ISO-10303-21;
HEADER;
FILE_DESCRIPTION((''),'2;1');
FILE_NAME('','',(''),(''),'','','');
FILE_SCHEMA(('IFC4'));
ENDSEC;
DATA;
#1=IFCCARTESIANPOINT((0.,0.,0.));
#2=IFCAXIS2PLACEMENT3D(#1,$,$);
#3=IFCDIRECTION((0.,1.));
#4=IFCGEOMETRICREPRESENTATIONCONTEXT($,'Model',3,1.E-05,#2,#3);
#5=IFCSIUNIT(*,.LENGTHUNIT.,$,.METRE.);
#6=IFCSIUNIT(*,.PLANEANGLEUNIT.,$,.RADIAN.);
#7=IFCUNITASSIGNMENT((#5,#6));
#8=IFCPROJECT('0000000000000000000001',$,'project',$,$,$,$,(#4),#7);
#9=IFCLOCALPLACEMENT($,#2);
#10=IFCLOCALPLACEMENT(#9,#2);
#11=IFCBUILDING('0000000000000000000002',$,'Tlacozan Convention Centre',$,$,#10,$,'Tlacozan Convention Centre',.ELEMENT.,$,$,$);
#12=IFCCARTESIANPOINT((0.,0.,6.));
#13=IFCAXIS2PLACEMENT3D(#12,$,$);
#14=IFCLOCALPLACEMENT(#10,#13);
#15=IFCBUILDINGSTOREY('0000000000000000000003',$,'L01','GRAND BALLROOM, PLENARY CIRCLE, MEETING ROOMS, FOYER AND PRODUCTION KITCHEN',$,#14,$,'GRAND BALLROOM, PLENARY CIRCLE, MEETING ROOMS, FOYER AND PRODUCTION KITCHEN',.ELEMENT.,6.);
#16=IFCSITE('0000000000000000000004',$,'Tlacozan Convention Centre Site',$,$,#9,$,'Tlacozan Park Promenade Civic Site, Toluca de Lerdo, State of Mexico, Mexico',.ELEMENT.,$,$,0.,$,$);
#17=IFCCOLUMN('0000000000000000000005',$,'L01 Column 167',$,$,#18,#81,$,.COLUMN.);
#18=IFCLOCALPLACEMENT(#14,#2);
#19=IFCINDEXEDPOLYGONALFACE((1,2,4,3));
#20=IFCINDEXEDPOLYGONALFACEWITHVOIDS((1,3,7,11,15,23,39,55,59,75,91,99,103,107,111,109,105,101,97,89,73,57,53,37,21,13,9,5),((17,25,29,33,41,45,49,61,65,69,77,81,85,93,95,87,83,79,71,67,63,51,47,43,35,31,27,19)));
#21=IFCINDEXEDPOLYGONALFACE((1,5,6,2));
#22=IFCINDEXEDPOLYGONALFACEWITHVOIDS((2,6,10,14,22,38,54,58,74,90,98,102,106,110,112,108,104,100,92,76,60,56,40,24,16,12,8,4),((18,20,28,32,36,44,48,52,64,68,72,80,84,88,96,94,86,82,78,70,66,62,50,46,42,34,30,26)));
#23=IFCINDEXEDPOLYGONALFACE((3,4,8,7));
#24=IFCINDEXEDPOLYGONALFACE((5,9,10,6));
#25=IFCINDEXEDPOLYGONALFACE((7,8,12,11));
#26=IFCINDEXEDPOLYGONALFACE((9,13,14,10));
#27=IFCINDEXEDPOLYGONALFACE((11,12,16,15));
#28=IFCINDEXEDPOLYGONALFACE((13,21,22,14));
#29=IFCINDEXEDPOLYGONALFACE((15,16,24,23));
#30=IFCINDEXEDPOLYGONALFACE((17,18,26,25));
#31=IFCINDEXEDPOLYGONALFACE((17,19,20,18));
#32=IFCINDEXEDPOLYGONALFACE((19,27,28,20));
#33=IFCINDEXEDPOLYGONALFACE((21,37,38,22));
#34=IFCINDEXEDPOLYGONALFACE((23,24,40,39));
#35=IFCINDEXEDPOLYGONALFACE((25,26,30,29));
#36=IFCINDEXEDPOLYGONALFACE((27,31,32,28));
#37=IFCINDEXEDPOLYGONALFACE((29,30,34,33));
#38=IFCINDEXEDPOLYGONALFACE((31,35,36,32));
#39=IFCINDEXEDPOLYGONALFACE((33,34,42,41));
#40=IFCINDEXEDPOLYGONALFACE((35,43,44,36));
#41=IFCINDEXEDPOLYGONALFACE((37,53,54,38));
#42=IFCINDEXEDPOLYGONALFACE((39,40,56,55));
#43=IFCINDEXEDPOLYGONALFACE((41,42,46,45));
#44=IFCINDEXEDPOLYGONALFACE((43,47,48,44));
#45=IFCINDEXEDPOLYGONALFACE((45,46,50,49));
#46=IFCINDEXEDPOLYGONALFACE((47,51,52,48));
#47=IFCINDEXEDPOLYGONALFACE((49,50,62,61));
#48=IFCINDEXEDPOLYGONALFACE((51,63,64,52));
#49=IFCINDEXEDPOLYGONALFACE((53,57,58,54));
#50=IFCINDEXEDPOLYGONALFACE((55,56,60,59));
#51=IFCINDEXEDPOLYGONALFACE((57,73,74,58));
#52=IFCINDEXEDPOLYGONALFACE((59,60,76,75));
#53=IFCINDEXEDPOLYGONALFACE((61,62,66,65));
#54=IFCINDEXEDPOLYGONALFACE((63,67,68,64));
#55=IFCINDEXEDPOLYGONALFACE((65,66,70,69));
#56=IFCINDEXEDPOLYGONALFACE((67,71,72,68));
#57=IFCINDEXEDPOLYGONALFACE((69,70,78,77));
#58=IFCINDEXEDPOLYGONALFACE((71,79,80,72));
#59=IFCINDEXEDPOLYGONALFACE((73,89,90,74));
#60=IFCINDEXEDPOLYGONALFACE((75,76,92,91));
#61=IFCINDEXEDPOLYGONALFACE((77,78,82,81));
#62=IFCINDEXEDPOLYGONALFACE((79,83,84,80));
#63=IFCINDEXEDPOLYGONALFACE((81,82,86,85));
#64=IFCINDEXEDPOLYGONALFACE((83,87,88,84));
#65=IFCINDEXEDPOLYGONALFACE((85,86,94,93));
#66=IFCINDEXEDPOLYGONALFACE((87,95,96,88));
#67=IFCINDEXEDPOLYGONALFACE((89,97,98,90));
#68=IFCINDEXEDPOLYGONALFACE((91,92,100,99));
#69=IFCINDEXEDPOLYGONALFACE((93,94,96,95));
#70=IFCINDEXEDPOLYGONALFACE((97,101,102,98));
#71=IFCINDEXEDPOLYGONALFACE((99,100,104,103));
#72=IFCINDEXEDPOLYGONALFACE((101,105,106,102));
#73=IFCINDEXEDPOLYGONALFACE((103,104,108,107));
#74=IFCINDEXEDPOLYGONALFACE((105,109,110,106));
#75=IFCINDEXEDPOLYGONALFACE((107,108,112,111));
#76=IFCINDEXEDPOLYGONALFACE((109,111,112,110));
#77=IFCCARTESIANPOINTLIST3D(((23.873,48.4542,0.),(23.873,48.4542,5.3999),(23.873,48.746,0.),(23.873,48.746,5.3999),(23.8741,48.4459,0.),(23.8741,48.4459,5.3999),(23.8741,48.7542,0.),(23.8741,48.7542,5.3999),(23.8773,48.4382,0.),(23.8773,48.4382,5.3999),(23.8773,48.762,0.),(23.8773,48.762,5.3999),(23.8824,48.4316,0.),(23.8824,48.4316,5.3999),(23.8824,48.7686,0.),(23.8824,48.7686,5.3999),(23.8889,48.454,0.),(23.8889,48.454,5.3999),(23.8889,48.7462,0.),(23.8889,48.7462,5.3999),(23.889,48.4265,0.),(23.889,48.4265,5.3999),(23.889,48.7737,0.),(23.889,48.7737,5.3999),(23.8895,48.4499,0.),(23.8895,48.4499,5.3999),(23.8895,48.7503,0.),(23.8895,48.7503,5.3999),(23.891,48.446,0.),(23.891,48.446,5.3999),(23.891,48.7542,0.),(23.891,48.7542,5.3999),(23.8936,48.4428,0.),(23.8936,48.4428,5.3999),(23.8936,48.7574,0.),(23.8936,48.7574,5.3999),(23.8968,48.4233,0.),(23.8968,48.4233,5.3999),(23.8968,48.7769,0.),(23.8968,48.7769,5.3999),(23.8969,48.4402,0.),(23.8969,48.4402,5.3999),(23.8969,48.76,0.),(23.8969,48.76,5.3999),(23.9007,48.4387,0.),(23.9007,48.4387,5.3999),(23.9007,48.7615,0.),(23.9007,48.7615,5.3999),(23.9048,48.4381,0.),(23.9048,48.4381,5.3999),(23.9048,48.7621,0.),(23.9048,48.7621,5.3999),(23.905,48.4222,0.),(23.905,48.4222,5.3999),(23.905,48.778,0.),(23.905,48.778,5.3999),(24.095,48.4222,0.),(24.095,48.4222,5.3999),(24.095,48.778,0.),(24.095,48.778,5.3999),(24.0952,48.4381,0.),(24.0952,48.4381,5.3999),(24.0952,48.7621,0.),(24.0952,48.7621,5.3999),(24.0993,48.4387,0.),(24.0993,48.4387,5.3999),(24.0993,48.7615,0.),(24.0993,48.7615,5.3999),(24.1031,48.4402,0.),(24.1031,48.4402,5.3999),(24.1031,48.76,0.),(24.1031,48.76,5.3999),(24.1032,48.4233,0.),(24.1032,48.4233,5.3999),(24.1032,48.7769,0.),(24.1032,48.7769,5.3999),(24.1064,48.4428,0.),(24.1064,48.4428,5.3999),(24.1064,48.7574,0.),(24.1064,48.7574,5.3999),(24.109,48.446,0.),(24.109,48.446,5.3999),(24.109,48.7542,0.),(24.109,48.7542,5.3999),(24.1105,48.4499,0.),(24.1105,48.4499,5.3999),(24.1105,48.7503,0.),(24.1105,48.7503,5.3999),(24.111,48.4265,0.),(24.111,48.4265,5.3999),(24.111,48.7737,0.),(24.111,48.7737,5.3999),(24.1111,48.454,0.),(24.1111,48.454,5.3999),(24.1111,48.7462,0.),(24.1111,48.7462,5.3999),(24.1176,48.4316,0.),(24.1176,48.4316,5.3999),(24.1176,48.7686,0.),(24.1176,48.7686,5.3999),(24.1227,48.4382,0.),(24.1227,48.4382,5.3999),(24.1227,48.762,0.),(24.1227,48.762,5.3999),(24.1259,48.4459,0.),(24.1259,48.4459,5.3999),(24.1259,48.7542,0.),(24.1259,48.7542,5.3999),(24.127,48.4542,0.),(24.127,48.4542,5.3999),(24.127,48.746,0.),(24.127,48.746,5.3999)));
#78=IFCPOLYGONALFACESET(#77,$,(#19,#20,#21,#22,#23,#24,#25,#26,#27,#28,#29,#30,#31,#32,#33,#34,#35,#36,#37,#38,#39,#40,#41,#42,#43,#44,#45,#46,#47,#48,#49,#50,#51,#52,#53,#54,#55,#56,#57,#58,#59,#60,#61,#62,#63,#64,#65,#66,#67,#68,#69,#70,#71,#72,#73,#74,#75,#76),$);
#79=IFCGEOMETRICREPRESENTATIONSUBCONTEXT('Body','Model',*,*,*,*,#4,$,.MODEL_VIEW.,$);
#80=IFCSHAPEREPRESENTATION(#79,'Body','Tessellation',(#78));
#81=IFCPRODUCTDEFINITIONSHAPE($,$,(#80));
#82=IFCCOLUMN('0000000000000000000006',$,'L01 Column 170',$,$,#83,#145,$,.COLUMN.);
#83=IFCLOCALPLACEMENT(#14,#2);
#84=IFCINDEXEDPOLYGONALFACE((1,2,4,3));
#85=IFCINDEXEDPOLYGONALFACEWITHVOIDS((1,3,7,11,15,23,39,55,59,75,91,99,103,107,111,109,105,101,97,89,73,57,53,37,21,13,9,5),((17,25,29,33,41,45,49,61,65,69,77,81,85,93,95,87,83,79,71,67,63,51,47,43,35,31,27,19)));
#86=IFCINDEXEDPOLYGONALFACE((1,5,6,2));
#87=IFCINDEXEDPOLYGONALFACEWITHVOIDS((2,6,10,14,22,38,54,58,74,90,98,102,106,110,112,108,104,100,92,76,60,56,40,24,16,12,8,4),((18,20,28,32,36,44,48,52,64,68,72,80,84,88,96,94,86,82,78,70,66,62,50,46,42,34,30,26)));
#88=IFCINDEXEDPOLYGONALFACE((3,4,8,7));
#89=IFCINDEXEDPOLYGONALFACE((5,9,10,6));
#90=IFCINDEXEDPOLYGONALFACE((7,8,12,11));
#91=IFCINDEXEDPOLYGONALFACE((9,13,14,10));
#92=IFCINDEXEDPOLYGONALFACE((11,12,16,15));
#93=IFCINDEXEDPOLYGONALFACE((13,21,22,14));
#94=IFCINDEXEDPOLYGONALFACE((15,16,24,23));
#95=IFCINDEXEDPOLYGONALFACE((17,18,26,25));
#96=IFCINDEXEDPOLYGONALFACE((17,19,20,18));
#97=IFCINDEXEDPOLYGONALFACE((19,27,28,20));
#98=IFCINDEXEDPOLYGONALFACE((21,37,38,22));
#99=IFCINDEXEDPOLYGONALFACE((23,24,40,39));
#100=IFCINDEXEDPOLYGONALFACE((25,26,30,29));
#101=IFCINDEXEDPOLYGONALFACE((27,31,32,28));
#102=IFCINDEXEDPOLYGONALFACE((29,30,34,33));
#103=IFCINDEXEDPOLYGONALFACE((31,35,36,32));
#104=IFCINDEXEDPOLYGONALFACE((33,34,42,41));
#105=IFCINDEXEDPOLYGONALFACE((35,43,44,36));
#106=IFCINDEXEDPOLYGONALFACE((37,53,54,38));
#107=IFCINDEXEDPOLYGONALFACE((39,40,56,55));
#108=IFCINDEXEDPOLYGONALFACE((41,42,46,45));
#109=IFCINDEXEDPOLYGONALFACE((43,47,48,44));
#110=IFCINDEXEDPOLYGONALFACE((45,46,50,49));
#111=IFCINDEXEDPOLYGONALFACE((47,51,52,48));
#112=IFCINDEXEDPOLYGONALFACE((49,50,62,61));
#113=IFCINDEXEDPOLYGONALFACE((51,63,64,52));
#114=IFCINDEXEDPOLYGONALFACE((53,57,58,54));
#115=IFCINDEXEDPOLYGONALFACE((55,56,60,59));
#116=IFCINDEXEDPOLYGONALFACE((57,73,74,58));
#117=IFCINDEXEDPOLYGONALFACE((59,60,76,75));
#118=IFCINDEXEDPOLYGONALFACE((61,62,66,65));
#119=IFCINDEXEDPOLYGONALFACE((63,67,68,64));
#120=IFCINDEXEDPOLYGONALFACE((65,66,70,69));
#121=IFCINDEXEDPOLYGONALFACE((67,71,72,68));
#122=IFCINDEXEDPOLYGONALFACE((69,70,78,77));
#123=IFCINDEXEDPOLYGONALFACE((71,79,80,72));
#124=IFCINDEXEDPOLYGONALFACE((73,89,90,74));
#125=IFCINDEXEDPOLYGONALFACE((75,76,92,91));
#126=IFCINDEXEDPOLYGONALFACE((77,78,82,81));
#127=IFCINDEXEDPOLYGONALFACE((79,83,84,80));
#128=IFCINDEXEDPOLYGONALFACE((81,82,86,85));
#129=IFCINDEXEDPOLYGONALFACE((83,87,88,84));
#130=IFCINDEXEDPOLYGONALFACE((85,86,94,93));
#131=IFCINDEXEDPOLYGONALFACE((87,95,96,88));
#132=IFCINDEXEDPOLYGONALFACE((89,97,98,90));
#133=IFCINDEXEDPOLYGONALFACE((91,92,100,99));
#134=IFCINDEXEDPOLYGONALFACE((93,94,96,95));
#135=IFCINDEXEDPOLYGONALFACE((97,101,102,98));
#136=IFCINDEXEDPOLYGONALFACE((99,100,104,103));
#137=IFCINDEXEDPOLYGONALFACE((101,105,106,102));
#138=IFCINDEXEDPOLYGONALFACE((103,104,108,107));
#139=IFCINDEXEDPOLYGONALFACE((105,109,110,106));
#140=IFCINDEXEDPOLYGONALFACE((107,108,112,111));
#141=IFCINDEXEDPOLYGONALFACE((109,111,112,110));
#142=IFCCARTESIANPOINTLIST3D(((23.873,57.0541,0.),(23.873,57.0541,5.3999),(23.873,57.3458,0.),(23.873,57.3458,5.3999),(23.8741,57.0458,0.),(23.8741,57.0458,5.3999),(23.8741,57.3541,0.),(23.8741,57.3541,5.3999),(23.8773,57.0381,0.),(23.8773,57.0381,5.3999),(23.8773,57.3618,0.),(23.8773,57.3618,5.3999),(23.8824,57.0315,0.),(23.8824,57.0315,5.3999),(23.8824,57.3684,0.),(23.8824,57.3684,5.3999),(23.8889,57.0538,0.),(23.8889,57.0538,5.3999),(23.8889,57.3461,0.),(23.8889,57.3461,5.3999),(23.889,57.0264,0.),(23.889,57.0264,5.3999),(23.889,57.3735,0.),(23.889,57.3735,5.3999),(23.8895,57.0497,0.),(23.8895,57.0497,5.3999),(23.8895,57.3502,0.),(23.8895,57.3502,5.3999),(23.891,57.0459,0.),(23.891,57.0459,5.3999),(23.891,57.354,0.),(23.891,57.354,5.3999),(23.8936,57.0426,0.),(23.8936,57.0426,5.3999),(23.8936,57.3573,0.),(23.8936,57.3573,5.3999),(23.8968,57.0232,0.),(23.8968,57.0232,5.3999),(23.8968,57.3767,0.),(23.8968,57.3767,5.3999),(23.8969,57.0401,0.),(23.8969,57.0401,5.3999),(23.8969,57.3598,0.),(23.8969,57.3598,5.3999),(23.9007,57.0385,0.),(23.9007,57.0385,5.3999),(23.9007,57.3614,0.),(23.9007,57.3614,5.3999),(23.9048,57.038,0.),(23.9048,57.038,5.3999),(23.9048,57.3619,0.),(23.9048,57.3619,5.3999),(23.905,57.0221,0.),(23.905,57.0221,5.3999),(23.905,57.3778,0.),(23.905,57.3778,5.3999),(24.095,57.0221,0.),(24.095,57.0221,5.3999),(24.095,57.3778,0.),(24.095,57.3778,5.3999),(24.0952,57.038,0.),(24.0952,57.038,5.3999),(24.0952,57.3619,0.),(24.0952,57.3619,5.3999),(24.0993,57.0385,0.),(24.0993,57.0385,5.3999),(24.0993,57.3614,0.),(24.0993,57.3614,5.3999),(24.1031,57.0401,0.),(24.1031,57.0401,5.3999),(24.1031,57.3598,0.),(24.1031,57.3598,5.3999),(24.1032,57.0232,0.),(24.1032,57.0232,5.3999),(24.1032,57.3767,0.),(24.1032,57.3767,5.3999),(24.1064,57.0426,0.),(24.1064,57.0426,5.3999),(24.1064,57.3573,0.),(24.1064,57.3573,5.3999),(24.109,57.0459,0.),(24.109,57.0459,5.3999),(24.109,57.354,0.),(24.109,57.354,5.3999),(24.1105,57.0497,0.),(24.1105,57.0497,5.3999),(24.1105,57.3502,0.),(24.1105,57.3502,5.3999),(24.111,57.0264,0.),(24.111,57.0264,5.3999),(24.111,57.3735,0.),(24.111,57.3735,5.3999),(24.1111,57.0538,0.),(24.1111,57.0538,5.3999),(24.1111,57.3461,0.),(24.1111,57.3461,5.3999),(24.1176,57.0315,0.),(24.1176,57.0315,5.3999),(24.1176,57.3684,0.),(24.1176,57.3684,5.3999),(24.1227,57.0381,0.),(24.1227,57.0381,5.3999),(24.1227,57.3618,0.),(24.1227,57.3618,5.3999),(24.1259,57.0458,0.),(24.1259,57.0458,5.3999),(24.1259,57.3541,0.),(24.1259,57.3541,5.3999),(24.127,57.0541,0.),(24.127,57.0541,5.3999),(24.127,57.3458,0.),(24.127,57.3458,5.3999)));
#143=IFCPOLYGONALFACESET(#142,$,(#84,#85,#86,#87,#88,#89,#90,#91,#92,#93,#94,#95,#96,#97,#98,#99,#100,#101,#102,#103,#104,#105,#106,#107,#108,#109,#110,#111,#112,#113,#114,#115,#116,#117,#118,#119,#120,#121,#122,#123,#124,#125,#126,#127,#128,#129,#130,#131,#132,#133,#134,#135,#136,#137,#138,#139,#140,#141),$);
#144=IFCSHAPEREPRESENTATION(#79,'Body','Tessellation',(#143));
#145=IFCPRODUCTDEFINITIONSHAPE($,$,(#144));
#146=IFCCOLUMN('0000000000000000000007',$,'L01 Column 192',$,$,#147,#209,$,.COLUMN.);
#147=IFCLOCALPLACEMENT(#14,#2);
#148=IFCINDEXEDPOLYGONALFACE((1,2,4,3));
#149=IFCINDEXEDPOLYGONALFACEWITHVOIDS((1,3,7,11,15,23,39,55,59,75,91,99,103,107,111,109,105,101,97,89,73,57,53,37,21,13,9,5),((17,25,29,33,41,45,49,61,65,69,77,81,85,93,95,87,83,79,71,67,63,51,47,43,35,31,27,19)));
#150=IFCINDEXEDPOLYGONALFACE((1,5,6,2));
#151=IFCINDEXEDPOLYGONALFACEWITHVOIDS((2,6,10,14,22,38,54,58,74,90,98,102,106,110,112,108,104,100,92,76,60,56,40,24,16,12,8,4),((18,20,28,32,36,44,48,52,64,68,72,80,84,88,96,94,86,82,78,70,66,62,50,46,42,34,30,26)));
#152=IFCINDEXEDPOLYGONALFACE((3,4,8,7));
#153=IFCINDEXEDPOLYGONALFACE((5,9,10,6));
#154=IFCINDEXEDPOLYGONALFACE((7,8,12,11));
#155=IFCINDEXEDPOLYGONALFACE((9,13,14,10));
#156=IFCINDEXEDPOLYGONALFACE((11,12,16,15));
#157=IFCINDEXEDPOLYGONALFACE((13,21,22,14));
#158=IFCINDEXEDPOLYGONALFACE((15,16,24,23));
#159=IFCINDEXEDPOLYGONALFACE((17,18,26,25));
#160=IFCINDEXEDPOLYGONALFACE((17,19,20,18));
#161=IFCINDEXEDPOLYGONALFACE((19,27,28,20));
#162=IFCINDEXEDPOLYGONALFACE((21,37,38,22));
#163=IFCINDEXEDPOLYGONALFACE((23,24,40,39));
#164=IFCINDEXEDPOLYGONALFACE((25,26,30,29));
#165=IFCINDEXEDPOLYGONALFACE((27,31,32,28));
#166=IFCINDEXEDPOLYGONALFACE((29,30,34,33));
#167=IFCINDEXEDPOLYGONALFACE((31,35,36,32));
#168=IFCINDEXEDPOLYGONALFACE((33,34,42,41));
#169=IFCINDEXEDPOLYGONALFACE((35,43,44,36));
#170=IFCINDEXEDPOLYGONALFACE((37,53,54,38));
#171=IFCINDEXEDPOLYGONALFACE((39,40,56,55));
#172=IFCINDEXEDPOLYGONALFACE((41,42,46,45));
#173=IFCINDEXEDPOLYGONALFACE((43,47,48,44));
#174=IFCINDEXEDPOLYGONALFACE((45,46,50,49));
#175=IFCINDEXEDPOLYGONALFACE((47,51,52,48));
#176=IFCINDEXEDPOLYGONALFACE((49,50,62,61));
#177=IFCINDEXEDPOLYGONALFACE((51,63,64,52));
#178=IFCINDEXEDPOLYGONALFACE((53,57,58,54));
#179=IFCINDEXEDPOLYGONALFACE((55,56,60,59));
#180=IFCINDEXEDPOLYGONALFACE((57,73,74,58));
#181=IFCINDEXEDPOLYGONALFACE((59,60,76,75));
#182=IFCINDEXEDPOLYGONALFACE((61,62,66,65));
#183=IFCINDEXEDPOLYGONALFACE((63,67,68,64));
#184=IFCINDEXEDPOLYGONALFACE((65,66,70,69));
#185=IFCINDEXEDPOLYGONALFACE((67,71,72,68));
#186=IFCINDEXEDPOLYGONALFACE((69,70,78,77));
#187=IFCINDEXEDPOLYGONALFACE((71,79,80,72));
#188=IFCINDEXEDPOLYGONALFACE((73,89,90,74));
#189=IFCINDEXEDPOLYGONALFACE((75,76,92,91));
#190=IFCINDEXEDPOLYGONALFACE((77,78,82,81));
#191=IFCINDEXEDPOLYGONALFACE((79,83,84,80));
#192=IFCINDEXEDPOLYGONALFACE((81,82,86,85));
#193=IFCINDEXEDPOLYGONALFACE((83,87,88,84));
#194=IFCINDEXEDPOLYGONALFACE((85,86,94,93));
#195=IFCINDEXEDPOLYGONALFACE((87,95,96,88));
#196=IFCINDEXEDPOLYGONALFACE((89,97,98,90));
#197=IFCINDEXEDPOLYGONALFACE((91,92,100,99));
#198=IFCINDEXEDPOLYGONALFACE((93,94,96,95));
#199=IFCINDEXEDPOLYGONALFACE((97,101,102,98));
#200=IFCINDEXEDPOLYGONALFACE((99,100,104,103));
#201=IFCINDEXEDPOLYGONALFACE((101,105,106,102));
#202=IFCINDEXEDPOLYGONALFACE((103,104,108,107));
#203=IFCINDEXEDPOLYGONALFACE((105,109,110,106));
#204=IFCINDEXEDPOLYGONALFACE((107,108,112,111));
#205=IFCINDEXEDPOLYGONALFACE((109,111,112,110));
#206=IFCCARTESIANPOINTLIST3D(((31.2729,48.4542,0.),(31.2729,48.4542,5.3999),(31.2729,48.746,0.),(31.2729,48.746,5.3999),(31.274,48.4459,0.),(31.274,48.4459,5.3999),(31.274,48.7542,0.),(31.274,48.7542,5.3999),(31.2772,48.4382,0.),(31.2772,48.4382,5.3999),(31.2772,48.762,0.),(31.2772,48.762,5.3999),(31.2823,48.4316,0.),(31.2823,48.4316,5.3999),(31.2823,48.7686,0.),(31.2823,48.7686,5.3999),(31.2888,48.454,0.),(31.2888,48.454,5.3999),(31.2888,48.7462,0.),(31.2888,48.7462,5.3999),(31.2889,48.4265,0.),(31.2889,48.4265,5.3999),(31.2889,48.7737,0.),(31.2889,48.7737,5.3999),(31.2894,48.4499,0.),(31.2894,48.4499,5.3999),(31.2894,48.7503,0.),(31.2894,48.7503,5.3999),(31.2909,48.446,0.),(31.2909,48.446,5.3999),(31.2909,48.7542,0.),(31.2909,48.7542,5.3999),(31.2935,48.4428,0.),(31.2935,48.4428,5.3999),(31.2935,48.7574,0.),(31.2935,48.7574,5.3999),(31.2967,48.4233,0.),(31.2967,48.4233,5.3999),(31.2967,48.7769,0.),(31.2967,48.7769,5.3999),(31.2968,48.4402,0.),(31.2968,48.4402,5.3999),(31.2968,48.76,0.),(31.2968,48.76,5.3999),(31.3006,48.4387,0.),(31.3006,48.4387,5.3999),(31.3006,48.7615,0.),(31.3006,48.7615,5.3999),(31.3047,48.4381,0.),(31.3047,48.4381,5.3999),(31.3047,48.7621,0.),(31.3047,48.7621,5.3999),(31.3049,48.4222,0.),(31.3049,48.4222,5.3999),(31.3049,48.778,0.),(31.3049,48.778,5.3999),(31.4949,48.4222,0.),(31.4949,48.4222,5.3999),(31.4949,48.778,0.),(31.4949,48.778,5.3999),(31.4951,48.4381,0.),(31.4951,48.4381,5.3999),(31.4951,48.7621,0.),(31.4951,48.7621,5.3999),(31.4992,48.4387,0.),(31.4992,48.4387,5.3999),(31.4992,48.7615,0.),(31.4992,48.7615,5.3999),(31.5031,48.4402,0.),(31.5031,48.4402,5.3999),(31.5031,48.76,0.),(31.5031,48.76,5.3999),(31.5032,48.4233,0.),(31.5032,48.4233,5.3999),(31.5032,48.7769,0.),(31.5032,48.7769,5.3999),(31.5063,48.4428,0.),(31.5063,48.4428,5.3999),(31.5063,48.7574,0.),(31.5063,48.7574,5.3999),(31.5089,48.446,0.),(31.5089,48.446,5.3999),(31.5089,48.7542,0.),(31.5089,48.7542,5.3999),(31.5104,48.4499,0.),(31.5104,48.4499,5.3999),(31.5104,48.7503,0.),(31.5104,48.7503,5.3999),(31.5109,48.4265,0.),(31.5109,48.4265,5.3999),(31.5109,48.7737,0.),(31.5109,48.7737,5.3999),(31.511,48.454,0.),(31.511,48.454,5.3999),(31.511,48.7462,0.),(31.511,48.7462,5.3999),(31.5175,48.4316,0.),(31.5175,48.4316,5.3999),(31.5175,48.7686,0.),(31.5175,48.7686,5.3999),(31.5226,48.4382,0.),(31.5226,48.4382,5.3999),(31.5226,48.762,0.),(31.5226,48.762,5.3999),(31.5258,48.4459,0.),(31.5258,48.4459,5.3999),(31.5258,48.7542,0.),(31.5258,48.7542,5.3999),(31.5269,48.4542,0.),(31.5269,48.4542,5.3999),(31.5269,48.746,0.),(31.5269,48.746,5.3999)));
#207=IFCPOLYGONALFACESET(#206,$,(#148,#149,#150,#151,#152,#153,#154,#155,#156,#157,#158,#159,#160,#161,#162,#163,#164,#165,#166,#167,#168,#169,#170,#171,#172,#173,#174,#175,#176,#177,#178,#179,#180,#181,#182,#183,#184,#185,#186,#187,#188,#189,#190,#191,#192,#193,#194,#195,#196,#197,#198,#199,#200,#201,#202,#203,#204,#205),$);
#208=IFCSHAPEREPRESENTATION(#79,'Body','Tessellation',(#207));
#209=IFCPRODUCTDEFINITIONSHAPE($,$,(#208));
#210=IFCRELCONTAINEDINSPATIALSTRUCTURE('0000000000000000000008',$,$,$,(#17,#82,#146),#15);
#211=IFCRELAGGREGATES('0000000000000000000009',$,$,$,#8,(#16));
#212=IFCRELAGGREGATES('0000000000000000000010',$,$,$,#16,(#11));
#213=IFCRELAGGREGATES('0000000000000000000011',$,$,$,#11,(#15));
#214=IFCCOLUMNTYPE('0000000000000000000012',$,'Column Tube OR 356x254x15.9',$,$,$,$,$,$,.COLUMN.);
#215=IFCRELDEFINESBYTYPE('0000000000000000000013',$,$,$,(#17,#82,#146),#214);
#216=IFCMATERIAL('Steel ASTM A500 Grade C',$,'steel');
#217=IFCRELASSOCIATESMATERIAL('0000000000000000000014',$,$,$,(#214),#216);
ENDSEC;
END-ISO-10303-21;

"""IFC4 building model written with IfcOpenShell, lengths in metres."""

from ifc_helpers import new_model, si_unit, direction, frame, origin, origin_2d, place, context, subcontext, project, spatial, hollow_rectangle, extrude, material, material_profile, profile_set, type_object, element, save


model = new_model("IFC4")

# Units and contexts
model_context = context("Model", 3, precision=1e-05, world=origin(), true_north=direction((0.0, 1.0)))
body_context = subcontext(model_context, "Body", "Model", "MODEL_VIEW")
ifc_project = project(units=[si_unit("LENGTHUNIT", "METRE"), si_unit("PLANEANGLEUNIT", "RADIAN")], contexts=[model_context])

# Site, building, storey
site_placement = place(None, origin())
site = spatial("IfcSite", under=ifc_project, at=site_placement, Name="Tlacozan Convention Centre Site", LongName="Tlacozan Park Promenade Civic Site, Toluca de Lerdo, State of Mexico, Mexico", CompositionType="ELEMENT", RefElevation=0.0)
building_placement = place(site_placement, origin())
building = spatial("IfcBuilding", under=site, at=building_placement, Name="Tlacozan Convention Centre", LongName="Tlacozan Convention Centre", CompositionType="ELEMENT")
storey_placement = place(building_placement, frame((0.0, 0.0, 6.0)))
storey = spatial("IfcBuildingStorey", under=building, at=storey_placement, Name="L01", Description="GRAND BALLROOM, PLENARY CIRCLE, MEETING ROOMS, FOYER AND PRODUCTION KITCHEN", LongName="GRAND BALLROOM, PLENARY CIRCLE, MEETING ROOMS, FOYER AND PRODUCTION KITCHEN", CompositionType="ELEMENT", Elevation=6.0)

# Columns
ifc_material_1 = material(Name="Steel ASTM A500 Grade C", Category="steel")
ifc_material_profile_1 = material_profile(ifc_material_1, hollow_rectangle(XDim=0.2539, YDim=0.3557, WallThickness=0.0159, InnerFilletRadius=0.0159, OuterFilletRadius=0.032, at=origin_2d()), Name="OR 356x254x15.9")
ifc_profile_set_1 = profile_set([ifc_material_profile_1], Name="Steel ASTM A500 Grade C")
column_type = type_object("IfcColumnType", Name="Column Tube OR 356x254x15.9", PredefinedType="COLUMN", material=ifc_profile_set_1)
for number, where, z_axis, x_axis, name in (
    (1, (24.0, 48.6001, 0.0), (0.0, 0.0, 1.0), (1.0, 0.0, 0.0), "L01 Column 167"),
    (2, (24.0, 57.2, 0.0), (0.0, 0.0, 1.0), (1.0, 0.0, 0.0), "L01 Column 170"),
    (3, (31.3999, 48.6001, 0.0), (0.0, 0.0, 1.0), (1.0, 0.0, 0.0), "L01 Column 192"),
):
    element("IfcColumn", number, at=place(storey_placement, frame(where, z_axis=z_axis, x_axis=x_axis)), inside=storey, type_object=column_type, Name=name, PredefinedType="COLUMN", context=body_context, shape_type="SweptSolid", body=[
        extrude(hollow_rectangle(XDim=0.2539, YDim=0.3557, WallThickness=0.0159, InnerFilletRadius=0.0159, OuterFilletRadius=0.032, at=origin_2d()), origin(), (0.0, 0.0, 1.0), 5.3999),
    ])

save(model, "model.ifc")
